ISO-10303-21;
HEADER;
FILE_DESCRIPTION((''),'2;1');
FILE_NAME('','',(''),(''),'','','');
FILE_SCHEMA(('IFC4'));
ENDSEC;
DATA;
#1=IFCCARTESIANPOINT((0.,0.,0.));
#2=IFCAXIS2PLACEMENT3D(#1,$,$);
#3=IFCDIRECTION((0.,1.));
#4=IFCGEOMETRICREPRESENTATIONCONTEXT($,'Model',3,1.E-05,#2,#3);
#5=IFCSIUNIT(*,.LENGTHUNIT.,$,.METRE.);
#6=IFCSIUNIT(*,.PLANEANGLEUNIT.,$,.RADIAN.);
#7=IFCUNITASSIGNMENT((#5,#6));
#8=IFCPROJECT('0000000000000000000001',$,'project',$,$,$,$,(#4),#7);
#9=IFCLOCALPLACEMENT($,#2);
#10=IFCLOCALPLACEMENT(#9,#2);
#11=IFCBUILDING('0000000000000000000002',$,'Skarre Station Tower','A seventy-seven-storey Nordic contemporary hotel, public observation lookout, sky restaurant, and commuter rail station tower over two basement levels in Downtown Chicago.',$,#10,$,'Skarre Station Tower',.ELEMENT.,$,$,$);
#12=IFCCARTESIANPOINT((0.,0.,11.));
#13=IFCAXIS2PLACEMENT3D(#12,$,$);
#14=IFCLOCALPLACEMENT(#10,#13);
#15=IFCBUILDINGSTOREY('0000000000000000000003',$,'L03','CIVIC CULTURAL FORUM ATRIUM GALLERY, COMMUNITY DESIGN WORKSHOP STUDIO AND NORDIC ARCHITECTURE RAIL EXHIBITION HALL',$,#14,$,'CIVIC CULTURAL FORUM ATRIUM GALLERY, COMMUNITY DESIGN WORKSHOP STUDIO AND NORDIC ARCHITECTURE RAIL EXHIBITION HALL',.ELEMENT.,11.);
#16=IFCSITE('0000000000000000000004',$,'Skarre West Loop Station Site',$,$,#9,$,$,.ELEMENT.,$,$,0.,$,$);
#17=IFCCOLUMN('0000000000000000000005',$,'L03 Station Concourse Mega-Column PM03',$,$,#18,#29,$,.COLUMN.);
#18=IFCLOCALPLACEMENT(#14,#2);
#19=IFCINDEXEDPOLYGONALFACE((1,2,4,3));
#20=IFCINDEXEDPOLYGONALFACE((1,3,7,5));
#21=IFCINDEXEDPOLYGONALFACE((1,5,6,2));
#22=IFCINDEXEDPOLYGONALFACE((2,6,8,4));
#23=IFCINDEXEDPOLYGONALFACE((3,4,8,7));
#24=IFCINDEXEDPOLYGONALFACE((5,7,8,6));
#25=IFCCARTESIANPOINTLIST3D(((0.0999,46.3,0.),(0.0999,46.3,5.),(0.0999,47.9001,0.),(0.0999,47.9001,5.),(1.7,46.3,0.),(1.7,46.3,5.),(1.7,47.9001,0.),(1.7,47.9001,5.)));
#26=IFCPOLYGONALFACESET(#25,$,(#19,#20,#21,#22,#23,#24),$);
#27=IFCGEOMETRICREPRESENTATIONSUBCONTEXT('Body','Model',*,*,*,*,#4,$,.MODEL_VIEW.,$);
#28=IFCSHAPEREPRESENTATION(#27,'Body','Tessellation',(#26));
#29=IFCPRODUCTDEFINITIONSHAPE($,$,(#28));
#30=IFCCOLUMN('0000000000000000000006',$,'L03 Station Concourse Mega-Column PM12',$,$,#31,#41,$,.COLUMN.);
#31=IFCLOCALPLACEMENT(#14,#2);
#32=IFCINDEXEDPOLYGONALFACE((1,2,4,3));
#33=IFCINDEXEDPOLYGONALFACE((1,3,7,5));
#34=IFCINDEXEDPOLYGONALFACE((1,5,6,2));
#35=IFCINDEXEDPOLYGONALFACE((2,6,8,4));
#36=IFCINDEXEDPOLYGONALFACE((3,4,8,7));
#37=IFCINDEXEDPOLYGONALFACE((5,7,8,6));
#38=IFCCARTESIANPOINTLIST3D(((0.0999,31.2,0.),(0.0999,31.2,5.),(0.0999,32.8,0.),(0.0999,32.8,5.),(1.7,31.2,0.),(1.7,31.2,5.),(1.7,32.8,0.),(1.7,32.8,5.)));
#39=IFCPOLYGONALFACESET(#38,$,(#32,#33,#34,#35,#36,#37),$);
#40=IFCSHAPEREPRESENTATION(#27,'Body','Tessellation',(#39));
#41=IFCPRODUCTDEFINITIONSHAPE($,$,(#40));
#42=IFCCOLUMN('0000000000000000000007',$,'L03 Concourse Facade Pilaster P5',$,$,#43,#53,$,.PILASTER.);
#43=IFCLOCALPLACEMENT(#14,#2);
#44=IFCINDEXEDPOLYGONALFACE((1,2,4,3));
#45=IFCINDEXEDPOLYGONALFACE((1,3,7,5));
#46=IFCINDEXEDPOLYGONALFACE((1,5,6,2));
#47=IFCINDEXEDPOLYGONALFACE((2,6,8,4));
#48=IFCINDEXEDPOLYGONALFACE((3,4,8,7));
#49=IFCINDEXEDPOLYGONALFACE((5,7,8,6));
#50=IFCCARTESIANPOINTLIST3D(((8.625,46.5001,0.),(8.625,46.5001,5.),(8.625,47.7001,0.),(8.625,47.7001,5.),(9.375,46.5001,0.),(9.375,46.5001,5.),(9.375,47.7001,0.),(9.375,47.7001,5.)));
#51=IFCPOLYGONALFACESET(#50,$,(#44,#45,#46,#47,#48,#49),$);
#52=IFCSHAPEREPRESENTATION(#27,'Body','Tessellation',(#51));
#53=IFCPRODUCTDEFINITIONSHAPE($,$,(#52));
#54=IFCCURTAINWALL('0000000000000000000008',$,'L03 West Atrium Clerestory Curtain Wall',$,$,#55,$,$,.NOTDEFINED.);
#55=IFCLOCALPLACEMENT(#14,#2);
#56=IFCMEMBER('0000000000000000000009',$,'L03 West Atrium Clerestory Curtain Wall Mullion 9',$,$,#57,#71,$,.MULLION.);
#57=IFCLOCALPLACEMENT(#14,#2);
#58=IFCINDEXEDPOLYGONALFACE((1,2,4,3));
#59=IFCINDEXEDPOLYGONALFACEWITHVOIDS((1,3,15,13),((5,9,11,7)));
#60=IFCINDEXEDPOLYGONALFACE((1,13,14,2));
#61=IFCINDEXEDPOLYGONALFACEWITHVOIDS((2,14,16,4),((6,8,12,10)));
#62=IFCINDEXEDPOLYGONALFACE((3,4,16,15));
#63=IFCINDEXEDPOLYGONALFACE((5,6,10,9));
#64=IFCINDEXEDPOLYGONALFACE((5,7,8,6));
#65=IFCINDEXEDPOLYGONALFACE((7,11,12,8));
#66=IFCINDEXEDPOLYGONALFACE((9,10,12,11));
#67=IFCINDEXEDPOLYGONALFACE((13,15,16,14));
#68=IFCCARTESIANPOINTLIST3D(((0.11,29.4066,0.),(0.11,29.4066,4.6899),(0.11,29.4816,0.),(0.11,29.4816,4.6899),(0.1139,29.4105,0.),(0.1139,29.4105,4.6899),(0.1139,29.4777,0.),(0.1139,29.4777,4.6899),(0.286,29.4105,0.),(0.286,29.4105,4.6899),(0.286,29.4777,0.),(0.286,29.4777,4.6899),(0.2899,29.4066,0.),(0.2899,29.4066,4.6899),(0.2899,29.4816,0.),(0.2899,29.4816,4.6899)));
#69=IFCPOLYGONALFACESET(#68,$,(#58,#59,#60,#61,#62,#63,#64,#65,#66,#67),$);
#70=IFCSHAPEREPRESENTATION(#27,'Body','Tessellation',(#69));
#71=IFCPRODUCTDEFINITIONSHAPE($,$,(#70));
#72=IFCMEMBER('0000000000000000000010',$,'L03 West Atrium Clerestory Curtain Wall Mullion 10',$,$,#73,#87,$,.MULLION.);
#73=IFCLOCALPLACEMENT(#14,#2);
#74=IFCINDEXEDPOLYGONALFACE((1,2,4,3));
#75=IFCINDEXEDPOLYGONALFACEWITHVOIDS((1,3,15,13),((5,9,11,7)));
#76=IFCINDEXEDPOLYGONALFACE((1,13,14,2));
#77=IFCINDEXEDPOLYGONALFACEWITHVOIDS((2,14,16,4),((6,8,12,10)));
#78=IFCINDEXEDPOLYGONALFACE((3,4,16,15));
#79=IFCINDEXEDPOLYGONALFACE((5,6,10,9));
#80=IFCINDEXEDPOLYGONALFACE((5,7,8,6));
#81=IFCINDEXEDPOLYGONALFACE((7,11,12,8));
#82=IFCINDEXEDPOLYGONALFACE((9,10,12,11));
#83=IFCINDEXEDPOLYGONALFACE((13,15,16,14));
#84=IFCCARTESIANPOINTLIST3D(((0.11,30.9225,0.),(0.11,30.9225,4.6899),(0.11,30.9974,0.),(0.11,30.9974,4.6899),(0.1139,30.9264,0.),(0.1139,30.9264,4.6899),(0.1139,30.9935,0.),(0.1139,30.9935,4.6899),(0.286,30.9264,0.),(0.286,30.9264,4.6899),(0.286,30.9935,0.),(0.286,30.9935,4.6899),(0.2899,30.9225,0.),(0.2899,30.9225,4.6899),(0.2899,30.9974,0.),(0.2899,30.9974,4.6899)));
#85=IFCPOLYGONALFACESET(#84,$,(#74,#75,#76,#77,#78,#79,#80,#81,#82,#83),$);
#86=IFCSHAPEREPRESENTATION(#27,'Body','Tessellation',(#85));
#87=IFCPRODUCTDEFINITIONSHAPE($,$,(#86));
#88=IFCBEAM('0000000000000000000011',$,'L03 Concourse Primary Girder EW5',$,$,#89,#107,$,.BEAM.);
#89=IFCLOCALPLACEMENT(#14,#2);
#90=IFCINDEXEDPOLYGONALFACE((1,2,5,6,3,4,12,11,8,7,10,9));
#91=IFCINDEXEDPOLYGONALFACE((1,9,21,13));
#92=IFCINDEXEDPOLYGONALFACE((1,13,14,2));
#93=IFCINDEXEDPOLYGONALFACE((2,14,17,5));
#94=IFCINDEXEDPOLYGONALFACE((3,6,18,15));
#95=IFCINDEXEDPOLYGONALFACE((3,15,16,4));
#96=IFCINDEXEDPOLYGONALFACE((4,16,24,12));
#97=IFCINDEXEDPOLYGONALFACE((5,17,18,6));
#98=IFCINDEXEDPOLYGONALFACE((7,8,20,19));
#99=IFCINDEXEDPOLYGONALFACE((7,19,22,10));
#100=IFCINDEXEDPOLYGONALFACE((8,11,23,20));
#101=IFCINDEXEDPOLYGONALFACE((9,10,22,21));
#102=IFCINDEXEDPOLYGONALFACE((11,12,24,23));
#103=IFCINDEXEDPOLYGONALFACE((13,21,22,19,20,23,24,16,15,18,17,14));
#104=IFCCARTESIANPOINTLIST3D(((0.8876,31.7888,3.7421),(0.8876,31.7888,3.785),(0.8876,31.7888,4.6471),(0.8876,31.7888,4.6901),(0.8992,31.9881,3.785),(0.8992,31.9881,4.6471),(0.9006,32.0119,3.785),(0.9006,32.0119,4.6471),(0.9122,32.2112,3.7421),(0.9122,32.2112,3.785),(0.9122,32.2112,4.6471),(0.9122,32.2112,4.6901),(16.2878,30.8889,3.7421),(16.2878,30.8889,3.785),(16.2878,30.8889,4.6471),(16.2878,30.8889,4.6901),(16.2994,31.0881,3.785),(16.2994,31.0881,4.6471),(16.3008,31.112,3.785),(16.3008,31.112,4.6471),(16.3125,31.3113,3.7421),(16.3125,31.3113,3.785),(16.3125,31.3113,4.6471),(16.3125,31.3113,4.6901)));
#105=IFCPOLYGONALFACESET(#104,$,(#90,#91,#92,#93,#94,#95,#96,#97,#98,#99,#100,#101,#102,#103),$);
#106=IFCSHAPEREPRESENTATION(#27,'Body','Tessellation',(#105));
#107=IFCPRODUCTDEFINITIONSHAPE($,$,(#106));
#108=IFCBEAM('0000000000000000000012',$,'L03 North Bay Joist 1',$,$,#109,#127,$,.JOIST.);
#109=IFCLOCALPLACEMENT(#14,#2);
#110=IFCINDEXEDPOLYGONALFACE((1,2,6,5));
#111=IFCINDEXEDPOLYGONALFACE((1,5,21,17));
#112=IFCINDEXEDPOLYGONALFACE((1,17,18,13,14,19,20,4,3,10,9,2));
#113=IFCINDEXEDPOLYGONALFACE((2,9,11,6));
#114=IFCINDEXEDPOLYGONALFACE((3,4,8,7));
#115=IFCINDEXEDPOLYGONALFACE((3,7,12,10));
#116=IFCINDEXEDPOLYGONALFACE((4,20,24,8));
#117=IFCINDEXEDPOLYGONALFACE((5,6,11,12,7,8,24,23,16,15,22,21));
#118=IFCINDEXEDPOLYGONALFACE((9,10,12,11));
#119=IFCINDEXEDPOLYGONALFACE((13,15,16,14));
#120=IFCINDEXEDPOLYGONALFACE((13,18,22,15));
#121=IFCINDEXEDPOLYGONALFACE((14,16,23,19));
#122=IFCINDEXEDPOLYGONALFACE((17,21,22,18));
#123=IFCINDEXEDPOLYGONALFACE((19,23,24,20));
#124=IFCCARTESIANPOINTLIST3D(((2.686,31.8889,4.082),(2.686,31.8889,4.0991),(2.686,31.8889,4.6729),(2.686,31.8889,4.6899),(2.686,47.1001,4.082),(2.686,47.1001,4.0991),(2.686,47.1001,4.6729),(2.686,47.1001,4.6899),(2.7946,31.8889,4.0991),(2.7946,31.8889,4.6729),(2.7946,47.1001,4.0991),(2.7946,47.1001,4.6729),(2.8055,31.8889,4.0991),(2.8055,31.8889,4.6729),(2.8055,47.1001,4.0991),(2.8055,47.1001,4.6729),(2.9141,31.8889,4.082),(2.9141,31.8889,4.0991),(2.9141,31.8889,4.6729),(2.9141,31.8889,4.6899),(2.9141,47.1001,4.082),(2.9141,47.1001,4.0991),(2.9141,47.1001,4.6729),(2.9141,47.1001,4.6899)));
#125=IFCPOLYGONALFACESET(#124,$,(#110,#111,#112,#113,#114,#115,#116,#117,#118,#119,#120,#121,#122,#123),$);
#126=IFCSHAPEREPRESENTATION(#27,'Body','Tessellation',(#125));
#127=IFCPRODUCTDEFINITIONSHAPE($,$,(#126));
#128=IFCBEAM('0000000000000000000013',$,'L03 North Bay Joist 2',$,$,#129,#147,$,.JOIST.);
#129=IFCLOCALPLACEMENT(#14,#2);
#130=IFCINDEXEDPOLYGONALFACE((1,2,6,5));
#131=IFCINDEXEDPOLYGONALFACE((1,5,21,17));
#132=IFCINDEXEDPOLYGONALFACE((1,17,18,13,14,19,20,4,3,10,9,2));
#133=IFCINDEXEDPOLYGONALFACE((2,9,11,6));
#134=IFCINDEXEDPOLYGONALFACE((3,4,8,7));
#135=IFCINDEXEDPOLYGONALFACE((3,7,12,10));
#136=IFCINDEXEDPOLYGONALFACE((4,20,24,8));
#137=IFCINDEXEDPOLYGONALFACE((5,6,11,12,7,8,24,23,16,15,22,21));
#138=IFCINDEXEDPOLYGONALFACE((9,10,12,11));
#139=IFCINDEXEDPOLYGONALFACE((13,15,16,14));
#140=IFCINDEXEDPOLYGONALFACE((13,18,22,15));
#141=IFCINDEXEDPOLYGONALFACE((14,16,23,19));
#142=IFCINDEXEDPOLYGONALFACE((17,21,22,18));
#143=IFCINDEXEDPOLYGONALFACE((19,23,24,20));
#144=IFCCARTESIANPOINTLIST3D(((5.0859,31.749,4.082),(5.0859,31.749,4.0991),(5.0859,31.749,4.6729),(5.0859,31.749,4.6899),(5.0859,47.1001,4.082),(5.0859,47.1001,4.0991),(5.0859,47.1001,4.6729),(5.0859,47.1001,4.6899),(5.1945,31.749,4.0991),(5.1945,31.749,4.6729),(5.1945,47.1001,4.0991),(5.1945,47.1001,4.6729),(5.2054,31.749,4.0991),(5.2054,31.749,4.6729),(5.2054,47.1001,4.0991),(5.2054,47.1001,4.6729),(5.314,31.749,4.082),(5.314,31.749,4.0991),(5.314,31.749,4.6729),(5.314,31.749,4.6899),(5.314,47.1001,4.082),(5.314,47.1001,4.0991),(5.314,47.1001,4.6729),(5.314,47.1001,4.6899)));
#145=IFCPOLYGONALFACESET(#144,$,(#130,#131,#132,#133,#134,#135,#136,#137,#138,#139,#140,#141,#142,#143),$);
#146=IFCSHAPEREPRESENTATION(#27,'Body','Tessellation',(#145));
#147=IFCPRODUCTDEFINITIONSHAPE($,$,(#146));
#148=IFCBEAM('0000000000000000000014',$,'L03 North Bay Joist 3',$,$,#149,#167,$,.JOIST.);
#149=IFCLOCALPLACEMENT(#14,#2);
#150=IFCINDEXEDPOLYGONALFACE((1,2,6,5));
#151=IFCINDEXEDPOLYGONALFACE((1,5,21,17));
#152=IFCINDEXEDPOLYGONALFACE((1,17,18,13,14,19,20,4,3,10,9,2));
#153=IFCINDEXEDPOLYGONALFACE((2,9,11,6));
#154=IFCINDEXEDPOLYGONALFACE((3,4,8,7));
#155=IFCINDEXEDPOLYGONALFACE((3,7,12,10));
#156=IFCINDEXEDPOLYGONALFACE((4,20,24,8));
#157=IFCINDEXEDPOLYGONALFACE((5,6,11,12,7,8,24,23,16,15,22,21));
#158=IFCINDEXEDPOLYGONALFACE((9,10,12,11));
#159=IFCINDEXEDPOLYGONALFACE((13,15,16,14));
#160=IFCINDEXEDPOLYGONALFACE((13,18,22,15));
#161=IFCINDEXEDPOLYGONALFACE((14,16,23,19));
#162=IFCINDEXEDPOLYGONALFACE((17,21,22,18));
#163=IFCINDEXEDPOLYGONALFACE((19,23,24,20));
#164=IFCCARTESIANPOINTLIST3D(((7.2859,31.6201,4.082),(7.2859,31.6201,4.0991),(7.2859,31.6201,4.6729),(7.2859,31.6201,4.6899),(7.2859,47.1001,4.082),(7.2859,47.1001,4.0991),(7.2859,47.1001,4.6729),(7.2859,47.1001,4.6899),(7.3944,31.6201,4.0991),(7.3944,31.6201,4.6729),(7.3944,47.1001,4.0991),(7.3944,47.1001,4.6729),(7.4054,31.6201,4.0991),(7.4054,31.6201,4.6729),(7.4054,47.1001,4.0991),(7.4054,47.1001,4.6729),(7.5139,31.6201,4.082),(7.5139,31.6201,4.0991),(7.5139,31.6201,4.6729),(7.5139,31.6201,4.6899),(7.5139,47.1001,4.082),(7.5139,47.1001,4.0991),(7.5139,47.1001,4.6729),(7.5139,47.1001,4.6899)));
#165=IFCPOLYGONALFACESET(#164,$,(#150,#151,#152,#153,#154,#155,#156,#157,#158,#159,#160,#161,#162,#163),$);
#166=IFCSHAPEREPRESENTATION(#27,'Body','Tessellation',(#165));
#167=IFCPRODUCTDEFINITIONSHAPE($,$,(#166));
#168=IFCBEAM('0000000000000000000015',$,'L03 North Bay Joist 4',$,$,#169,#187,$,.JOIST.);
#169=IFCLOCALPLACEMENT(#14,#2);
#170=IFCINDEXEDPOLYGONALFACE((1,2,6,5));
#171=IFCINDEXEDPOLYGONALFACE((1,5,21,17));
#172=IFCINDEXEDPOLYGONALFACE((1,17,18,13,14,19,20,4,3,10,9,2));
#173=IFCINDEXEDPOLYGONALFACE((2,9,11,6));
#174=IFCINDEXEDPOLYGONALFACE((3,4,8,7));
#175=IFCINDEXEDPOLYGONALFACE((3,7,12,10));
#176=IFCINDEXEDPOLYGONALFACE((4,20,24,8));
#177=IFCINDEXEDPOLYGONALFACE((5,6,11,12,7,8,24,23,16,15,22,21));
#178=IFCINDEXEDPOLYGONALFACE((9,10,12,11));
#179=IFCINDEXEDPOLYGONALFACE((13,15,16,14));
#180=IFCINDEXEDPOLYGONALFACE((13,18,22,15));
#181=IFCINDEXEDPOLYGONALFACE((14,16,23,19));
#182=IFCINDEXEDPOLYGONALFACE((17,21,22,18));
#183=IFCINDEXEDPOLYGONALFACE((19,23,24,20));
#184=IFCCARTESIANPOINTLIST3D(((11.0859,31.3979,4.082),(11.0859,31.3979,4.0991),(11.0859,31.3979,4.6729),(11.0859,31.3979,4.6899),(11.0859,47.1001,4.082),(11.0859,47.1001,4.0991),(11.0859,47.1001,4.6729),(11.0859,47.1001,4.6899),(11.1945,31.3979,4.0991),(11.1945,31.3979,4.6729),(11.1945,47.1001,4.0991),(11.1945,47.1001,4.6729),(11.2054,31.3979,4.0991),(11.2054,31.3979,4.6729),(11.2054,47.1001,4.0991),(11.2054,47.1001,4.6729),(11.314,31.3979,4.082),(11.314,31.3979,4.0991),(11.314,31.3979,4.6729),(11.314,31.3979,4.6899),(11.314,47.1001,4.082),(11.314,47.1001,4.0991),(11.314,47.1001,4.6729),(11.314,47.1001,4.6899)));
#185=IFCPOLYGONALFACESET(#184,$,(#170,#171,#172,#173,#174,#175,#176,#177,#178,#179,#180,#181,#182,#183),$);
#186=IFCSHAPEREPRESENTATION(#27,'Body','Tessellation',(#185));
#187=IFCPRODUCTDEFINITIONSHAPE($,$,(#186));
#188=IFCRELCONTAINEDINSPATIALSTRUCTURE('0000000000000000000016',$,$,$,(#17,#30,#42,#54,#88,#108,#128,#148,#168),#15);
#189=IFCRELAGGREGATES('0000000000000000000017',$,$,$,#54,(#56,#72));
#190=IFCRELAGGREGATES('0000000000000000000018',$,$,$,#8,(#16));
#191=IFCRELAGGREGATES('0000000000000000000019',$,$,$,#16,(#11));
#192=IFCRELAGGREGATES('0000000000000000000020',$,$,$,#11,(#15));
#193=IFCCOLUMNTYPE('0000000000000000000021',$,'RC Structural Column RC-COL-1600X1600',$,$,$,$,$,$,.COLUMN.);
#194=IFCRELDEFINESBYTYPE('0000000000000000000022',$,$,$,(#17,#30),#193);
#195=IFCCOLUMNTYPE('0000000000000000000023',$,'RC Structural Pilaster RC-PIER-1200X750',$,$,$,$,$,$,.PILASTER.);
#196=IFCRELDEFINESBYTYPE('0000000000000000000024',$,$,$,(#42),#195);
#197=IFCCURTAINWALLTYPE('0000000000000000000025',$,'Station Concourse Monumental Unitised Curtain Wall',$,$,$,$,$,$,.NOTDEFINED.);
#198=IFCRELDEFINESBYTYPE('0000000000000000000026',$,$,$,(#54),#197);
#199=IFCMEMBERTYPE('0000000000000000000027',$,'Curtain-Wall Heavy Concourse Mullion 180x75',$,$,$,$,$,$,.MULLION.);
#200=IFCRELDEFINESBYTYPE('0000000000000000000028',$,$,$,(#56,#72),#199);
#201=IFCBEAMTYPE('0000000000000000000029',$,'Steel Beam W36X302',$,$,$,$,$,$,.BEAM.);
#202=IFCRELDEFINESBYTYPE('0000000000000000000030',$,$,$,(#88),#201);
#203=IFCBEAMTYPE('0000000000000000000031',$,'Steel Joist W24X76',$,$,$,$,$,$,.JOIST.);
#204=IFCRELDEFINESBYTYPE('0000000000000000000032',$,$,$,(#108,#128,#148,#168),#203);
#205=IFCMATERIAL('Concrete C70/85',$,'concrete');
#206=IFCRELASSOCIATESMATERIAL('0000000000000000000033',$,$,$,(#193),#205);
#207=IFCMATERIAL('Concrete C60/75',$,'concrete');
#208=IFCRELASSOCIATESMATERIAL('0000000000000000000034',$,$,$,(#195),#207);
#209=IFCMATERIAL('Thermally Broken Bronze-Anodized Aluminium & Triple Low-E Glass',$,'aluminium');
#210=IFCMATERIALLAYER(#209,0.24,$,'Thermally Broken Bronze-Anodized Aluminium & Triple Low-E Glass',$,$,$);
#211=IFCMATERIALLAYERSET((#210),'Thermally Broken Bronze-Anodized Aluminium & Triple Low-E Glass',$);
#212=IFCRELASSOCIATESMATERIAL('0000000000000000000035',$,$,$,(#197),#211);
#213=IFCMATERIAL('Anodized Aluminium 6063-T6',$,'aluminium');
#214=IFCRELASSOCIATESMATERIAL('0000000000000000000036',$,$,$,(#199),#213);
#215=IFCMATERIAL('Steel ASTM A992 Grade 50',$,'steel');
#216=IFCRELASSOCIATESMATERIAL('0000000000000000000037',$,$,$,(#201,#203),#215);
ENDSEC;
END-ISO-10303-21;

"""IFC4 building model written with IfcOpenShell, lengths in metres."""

from ifc_helpers import new_model, si_unit, direction, frame, origin, origin_2d, place, context, subcontext, project, spatial, rectangle, hollow_rectangle, i_section, extrude, material, layer, layer_set, material_profile, profile_set, type_object, element, aggregate, save


model = new_model("IFC4")

# Units and contexts
model_context = context("Model", 3, precision=1e-05, world=origin(), true_north=direction((0.0, 1.0)))
body_context = subcontext(model_context, "Body", "Model", "MODEL_VIEW")
ifc_project = project(units=[si_unit("LENGTHUNIT", "METRE"), si_unit("PLANEANGLEUNIT", "RADIAN")], contexts=[model_context])

# Site, building, storey
site_placement = place(None, origin())
site = spatial("IfcSite", under=ifc_project, at=site_placement, Name="Skarre West Loop Station Site", CompositionType="ELEMENT", RefElevation=0.0)
building_placement = place(site_placement, origin())
building = spatial("IfcBuilding", under=site, at=building_placement, Name="Skarre Station Tower", Description="A seventy-seven-storey Nordic contemporary hotel, public observation lookout, sky restaurant, and commuter rail station tower over two basement levels in Downtown Chicago.", LongName="Skarre Station Tower", CompositionType="ELEMENT")
storey_placement = place(building_placement, frame((0.0, 0.0, 11.0)))
storey = spatial("IfcBuildingStorey", under=building, at=storey_placement, Name="L03", Description="CIVIC CULTURAL FORUM ATRIUM GALLERY, COMMUNITY DESIGN WORKSHOP STUDIO AND NORDIC ARCHITECTURE RAIL EXHIBITION HALL", LongName="CIVIC CULTURAL FORUM ATRIUM GALLERY, COMMUNITY DESIGN WORKSHOP STUDIO AND NORDIC ARCHITECTURE RAIL EXHIBITION HALL", CompositionType="ELEMENT", Elevation=11.0)

# Columns
ifc_material_1 = material(Name="Concrete C70/85", Category="concrete")
ifc_material_profile_1 = material_profile(ifc_material_1, rectangle(XDim=1.6001, YDim=1.6001, at=origin_2d()), Name="Concrete C70/85")
ifc_profile_set_1 = profile_set([ifc_material_profile_1], Name="Concrete C70/85")
column_type_1 = type_object("IfcColumnType", Name="RC Structural Column RC-COL-1600X1600", PredefinedType="COLUMN", material=ifc_profile_set_1)
for number, where, z_axis, x_axis, name in (
    (1, (0.8999, 47.1001, 0.0), (0.0, 0.0, 1.0), (1.0, 0.0, 0.0), "L03 Station Concourse Mega-Column PM03"),
    (2, (0.8999, 32.0, 0.0), (0.0, 0.0, 1.0), (1.0, 0.0, 0.0), "L03 Station Concourse Mega-Column PM12"),
):
    element("IfcColumn", number, at=place(storey_placement, frame(where, z_axis=z_axis, x_axis=x_axis)), inside=storey, type_object=column_type_1, Name=name, PredefinedType="COLUMN", context=body_context, shape_type="SweptSolid", body=[
        extrude(rectangle(XDim=1.6001, YDim=1.6001, at=origin_2d()), origin(), (0.0, 0.0, 1.0), 5.0),
    ])
ifc_material_2 = material(Name="Concrete C60/75", Category="concrete")
ifc_material_profile_2 = material_profile(ifc_material_2, rectangle(XDim=0.75, YDim=1.2, at=origin_2d()), Name="Concrete C60/75")
ifc_profile_set_2 = profile_set([ifc_material_profile_2], Name="Concrete C60/75")
column_type_2 = type_object("IfcColumnType", Name="RC Structural Pilaster RC-PIER-1200X750", PredefinedType="PILASTER", material=ifc_profile_set_2)
column_placement = place(storey_placement, frame((9.0, 47.1001, 0.0), z_axis=(0.0, 0.0, 1.0), x_axis=(1.0, 0.0, 0.0)))
element("IfcColumn", 3, at=column_placement, inside=storey, type_object=column_type_2, Name="L03 Concourse Facade Pilaster P5", PredefinedType="PILASTER", context=body_context, shape_type="SweptSolid", body=[
    extrude(rectangle(XDim=0.75, YDim=1.2, at=origin_2d()), origin(), (0.0, 0.0, 1.0), 5.0),
])

# Curtain wall, members
ifc_material_3 = material(Name="Thermally Broken Bronze-Anodized Aluminium & Triple Low-E Glass", Category="aluminium")
ifc_layer_1 = layer(ifc_material_3, 0.24, Name="Thermally Broken Bronze-Anodized Aluminium & Triple Low-E Glass")
ifc_layer_set_1 = layer_set([ifc_layer_1], Name="Thermally Broken Bronze-Anodized Aluminium & Triple Low-E Glass")
curtain_wall_type = type_object("IfcCurtainWallType", Name="Station Concourse Monumental Unitised Curtain Wall", PredefinedType="NOTDEFINED", material=ifc_layer_set_1)
curtain_wall_placement = place(storey_placement, origin())
curtain_wall = element("IfcCurtainWall", 4, at=curtain_wall_placement, inside=storey, type_object=curtain_wall_type, Name="L03 West Atrium Clerestory Curtain Wall", PredefinedType="NOTDEFINED")
ifc_material_4 = material(Name="Anodized Aluminium 6063-T6", Category="aluminium")
ifc_material_profile_3 = material_profile(ifc_material_4, hollow_rectangle(XDim=0.075, YDim=0.1799, WallThickness=0.0039, at=origin_2d()), Name="Anodized Aluminium 6063-T6")
ifc_profile_set_3 = profile_set([ifc_material_profile_3], Name="Anodized Aluminium 6063-T6")
member_type = type_object("IfcMemberType", Name="Curtain-Wall Heavy Concourse Mullion 180x75", PredefinedType="MULLION", material=ifc_profile_set_3)
member_1_placement = place(storey_placement, frame((0.2, 29.4441, 0.0), z_axis=(0.0, 0.0, 1.0), x_axis=(0.0, 1.0, 0.0)))
member_1 = element("IfcMember", 5, at=member_1_placement, type_object=member_type, Name="L03 West Atrium Clerestory Curtain Wall Mullion 9", PredefinedType="MULLION", context=body_context, shape_type="SweptSolid", body=[
    extrude(hollow_rectangle(XDim=0.075, YDim=0.1799, WallThickness=0.0039, at=origin_2d()), origin(), (0.0, 0.0, 1.0), 4.6899),
])
member_2_placement = place(storey_placement, frame((0.2, 30.96, 0.0), z_axis=(0.0, 0.0, 1.0), x_axis=(0.0, 1.0, 0.0)))
member_2 = element("IfcMember", 6, at=member_2_placement, type_object=member_type, Name="L03 West Atrium Clerestory Curtain Wall Mullion 10", PredefinedType="MULLION", context=body_context, shape_type="SweptSolid", body=[
    extrude(hollow_rectangle(XDim=0.075, YDim=0.1799, WallThickness=0.0039, at=origin_2d()), origin(), (0.0, 0.0, 1.0), 4.6899),
])

# Beams
ifc_material_5 = material(Name="Steel ASTM A992 Grade 50", Category="steel")
ifc_material_profile_4 = material_profile(ifc_material_5, i_section(OverallWidth=0.4231, OverallDepth=0.948, WebThickness=0.0239, FlangeThickness=0.043, at=origin_2d()), Name="Steel ASTM A992 Grade 50")
ifc_profile_set_4 = profile_set([ifc_material_profile_4], Name="Steel ASTM A992 Grade 50")
beam_type_1 = type_object("IfcBeamType", Name="Steel Beam W36X302", PredefinedType="BEAM", material=ifc_profile_set_4)
beam_1_placement = place(storey_placement, frame((0.8999, 32.0, 4.2161), z_axis=(0.998297, -0.058335, 0.0), x_axis=(0.058335, 0.998297, 0.0)))
element("IfcBeam", 7, at=beam_1_placement, inside=storey, type_object=beam_type_1, Name="L03 Concourse Primary Girder EW5", PredefinedType="BEAM", context=body_context, shape_type="SweptSolid", body=[
    extrude(i_section(OverallWidth=0.4231, OverallDepth=0.948, WebThickness=0.0239, FlangeThickness=0.043, at=origin_2d()), origin(), (0.0, 0.0, 1.0), 15.4265),
])
ifc_material_profile_5 = material_profile(ifc_material_5, i_section(OverallWidth=0.228, OverallDepth=0.6079, WebThickness=0.011, FlangeThickness=0.0171, at=origin_2d()), Name="Steel ASTM A992 Grade 50")
ifc_profile_set_5 = profile_set([ifc_material_profile_5], Name="Steel ASTM A992 Grade 50")
beam_type_2 = type_object("IfcBeamType", Name="Steel Joist W24X76", PredefinedType="JOIST", material=ifc_profile_set_5)
beam_2_placement = place(storey_placement, frame((2.8, 31.8889, 4.386), z_axis=(0.0, 1.0, 0.0), x_axis=(-1.0, 0.0, 0.0)))
element("IfcBeam", 8, at=beam_2_placement, inside=storey, type_object=beam_type_2, Name="L03 North Bay Joist 1", PredefinedType="JOIST", context=body_context, shape_type="SweptSolid", body=[
    extrude(i_section(OverallWidth=0.228, OverallDepth=0.6079, WebThickness=0.011, FlangeThickness=0.0171, at=origin_2d()), origin(), (0.0, 0.0, 1.0), 15.2112),
])
beam_3_placement = place(storey_placement, frame((5.2, 31.749, 4.386), z_axis=(0.0, 1.0, 0.0), x_axis=(-1.0, 0.0, 0.0)))
element("IfcBeam", 9, at=beam_3_placement, inside=storey, type_object=beam_type_2, Name="L03 North Bay Joist 2", PredefinedType="JOIST", context=body_context, shape_type="SweptSolid", body=[
    extrude(i_section(OverallWidth=0.228, OverallDepth=0.6079, WebThickness=0.011, FlangeThickness=0.0171, at=origin_2d()), origin(), (0.0, 0.0, 1.0), 15.3511),
])
beam_4_placement = place(storey_placement, frame((7.3999, 31.6201, 4.386), z_axis=(0.0, 1.0, 0.0), x_axis=(-1.0, 0.0, 0.0)))
element("IfcBeam", 10, at=beam_4_placement, inside=storey, type_object=beam_type_2, Name="L03 North Bay Joist 3", PredefinedType="JOIST", context=body_context, shape_type="SweptSolid", body=[
    extrude(i_section(OverallWidth=0.228, OverallDepth=0.6079, WebThickness=0.011, FlangeThickness=0.0171, at=origin_2d()), origin(), (0.0, 0.0, 1.0), 15.48),
])
beam_5_placement = place(storey_placement, frame((11.2, 31.3979, 4.386), z_axis=(0.0, 1.0, 0.0), x_axis=(-1.0, 0.0, 0.0)))
element("IfcBeam", 11, at=beam_5_placement, inside=storey, type_object=beam_type_2, Name="L03 North Bay Joist 4", PredefinedType="JOIST", context=body_context, shape_type="SweptSolid", body=[
    extrude(i_section(OverallWidth=0.228, OverallDepth=0.6079, WebThickness=0.011, FlangeThickness=0.0171, at=origin_2d()), origin(), (0.0, 0.0, 1.0), 15.7021),
])

aggregate(curtain_wall, [member_1, member_2])

save(model, "model.ifc")
